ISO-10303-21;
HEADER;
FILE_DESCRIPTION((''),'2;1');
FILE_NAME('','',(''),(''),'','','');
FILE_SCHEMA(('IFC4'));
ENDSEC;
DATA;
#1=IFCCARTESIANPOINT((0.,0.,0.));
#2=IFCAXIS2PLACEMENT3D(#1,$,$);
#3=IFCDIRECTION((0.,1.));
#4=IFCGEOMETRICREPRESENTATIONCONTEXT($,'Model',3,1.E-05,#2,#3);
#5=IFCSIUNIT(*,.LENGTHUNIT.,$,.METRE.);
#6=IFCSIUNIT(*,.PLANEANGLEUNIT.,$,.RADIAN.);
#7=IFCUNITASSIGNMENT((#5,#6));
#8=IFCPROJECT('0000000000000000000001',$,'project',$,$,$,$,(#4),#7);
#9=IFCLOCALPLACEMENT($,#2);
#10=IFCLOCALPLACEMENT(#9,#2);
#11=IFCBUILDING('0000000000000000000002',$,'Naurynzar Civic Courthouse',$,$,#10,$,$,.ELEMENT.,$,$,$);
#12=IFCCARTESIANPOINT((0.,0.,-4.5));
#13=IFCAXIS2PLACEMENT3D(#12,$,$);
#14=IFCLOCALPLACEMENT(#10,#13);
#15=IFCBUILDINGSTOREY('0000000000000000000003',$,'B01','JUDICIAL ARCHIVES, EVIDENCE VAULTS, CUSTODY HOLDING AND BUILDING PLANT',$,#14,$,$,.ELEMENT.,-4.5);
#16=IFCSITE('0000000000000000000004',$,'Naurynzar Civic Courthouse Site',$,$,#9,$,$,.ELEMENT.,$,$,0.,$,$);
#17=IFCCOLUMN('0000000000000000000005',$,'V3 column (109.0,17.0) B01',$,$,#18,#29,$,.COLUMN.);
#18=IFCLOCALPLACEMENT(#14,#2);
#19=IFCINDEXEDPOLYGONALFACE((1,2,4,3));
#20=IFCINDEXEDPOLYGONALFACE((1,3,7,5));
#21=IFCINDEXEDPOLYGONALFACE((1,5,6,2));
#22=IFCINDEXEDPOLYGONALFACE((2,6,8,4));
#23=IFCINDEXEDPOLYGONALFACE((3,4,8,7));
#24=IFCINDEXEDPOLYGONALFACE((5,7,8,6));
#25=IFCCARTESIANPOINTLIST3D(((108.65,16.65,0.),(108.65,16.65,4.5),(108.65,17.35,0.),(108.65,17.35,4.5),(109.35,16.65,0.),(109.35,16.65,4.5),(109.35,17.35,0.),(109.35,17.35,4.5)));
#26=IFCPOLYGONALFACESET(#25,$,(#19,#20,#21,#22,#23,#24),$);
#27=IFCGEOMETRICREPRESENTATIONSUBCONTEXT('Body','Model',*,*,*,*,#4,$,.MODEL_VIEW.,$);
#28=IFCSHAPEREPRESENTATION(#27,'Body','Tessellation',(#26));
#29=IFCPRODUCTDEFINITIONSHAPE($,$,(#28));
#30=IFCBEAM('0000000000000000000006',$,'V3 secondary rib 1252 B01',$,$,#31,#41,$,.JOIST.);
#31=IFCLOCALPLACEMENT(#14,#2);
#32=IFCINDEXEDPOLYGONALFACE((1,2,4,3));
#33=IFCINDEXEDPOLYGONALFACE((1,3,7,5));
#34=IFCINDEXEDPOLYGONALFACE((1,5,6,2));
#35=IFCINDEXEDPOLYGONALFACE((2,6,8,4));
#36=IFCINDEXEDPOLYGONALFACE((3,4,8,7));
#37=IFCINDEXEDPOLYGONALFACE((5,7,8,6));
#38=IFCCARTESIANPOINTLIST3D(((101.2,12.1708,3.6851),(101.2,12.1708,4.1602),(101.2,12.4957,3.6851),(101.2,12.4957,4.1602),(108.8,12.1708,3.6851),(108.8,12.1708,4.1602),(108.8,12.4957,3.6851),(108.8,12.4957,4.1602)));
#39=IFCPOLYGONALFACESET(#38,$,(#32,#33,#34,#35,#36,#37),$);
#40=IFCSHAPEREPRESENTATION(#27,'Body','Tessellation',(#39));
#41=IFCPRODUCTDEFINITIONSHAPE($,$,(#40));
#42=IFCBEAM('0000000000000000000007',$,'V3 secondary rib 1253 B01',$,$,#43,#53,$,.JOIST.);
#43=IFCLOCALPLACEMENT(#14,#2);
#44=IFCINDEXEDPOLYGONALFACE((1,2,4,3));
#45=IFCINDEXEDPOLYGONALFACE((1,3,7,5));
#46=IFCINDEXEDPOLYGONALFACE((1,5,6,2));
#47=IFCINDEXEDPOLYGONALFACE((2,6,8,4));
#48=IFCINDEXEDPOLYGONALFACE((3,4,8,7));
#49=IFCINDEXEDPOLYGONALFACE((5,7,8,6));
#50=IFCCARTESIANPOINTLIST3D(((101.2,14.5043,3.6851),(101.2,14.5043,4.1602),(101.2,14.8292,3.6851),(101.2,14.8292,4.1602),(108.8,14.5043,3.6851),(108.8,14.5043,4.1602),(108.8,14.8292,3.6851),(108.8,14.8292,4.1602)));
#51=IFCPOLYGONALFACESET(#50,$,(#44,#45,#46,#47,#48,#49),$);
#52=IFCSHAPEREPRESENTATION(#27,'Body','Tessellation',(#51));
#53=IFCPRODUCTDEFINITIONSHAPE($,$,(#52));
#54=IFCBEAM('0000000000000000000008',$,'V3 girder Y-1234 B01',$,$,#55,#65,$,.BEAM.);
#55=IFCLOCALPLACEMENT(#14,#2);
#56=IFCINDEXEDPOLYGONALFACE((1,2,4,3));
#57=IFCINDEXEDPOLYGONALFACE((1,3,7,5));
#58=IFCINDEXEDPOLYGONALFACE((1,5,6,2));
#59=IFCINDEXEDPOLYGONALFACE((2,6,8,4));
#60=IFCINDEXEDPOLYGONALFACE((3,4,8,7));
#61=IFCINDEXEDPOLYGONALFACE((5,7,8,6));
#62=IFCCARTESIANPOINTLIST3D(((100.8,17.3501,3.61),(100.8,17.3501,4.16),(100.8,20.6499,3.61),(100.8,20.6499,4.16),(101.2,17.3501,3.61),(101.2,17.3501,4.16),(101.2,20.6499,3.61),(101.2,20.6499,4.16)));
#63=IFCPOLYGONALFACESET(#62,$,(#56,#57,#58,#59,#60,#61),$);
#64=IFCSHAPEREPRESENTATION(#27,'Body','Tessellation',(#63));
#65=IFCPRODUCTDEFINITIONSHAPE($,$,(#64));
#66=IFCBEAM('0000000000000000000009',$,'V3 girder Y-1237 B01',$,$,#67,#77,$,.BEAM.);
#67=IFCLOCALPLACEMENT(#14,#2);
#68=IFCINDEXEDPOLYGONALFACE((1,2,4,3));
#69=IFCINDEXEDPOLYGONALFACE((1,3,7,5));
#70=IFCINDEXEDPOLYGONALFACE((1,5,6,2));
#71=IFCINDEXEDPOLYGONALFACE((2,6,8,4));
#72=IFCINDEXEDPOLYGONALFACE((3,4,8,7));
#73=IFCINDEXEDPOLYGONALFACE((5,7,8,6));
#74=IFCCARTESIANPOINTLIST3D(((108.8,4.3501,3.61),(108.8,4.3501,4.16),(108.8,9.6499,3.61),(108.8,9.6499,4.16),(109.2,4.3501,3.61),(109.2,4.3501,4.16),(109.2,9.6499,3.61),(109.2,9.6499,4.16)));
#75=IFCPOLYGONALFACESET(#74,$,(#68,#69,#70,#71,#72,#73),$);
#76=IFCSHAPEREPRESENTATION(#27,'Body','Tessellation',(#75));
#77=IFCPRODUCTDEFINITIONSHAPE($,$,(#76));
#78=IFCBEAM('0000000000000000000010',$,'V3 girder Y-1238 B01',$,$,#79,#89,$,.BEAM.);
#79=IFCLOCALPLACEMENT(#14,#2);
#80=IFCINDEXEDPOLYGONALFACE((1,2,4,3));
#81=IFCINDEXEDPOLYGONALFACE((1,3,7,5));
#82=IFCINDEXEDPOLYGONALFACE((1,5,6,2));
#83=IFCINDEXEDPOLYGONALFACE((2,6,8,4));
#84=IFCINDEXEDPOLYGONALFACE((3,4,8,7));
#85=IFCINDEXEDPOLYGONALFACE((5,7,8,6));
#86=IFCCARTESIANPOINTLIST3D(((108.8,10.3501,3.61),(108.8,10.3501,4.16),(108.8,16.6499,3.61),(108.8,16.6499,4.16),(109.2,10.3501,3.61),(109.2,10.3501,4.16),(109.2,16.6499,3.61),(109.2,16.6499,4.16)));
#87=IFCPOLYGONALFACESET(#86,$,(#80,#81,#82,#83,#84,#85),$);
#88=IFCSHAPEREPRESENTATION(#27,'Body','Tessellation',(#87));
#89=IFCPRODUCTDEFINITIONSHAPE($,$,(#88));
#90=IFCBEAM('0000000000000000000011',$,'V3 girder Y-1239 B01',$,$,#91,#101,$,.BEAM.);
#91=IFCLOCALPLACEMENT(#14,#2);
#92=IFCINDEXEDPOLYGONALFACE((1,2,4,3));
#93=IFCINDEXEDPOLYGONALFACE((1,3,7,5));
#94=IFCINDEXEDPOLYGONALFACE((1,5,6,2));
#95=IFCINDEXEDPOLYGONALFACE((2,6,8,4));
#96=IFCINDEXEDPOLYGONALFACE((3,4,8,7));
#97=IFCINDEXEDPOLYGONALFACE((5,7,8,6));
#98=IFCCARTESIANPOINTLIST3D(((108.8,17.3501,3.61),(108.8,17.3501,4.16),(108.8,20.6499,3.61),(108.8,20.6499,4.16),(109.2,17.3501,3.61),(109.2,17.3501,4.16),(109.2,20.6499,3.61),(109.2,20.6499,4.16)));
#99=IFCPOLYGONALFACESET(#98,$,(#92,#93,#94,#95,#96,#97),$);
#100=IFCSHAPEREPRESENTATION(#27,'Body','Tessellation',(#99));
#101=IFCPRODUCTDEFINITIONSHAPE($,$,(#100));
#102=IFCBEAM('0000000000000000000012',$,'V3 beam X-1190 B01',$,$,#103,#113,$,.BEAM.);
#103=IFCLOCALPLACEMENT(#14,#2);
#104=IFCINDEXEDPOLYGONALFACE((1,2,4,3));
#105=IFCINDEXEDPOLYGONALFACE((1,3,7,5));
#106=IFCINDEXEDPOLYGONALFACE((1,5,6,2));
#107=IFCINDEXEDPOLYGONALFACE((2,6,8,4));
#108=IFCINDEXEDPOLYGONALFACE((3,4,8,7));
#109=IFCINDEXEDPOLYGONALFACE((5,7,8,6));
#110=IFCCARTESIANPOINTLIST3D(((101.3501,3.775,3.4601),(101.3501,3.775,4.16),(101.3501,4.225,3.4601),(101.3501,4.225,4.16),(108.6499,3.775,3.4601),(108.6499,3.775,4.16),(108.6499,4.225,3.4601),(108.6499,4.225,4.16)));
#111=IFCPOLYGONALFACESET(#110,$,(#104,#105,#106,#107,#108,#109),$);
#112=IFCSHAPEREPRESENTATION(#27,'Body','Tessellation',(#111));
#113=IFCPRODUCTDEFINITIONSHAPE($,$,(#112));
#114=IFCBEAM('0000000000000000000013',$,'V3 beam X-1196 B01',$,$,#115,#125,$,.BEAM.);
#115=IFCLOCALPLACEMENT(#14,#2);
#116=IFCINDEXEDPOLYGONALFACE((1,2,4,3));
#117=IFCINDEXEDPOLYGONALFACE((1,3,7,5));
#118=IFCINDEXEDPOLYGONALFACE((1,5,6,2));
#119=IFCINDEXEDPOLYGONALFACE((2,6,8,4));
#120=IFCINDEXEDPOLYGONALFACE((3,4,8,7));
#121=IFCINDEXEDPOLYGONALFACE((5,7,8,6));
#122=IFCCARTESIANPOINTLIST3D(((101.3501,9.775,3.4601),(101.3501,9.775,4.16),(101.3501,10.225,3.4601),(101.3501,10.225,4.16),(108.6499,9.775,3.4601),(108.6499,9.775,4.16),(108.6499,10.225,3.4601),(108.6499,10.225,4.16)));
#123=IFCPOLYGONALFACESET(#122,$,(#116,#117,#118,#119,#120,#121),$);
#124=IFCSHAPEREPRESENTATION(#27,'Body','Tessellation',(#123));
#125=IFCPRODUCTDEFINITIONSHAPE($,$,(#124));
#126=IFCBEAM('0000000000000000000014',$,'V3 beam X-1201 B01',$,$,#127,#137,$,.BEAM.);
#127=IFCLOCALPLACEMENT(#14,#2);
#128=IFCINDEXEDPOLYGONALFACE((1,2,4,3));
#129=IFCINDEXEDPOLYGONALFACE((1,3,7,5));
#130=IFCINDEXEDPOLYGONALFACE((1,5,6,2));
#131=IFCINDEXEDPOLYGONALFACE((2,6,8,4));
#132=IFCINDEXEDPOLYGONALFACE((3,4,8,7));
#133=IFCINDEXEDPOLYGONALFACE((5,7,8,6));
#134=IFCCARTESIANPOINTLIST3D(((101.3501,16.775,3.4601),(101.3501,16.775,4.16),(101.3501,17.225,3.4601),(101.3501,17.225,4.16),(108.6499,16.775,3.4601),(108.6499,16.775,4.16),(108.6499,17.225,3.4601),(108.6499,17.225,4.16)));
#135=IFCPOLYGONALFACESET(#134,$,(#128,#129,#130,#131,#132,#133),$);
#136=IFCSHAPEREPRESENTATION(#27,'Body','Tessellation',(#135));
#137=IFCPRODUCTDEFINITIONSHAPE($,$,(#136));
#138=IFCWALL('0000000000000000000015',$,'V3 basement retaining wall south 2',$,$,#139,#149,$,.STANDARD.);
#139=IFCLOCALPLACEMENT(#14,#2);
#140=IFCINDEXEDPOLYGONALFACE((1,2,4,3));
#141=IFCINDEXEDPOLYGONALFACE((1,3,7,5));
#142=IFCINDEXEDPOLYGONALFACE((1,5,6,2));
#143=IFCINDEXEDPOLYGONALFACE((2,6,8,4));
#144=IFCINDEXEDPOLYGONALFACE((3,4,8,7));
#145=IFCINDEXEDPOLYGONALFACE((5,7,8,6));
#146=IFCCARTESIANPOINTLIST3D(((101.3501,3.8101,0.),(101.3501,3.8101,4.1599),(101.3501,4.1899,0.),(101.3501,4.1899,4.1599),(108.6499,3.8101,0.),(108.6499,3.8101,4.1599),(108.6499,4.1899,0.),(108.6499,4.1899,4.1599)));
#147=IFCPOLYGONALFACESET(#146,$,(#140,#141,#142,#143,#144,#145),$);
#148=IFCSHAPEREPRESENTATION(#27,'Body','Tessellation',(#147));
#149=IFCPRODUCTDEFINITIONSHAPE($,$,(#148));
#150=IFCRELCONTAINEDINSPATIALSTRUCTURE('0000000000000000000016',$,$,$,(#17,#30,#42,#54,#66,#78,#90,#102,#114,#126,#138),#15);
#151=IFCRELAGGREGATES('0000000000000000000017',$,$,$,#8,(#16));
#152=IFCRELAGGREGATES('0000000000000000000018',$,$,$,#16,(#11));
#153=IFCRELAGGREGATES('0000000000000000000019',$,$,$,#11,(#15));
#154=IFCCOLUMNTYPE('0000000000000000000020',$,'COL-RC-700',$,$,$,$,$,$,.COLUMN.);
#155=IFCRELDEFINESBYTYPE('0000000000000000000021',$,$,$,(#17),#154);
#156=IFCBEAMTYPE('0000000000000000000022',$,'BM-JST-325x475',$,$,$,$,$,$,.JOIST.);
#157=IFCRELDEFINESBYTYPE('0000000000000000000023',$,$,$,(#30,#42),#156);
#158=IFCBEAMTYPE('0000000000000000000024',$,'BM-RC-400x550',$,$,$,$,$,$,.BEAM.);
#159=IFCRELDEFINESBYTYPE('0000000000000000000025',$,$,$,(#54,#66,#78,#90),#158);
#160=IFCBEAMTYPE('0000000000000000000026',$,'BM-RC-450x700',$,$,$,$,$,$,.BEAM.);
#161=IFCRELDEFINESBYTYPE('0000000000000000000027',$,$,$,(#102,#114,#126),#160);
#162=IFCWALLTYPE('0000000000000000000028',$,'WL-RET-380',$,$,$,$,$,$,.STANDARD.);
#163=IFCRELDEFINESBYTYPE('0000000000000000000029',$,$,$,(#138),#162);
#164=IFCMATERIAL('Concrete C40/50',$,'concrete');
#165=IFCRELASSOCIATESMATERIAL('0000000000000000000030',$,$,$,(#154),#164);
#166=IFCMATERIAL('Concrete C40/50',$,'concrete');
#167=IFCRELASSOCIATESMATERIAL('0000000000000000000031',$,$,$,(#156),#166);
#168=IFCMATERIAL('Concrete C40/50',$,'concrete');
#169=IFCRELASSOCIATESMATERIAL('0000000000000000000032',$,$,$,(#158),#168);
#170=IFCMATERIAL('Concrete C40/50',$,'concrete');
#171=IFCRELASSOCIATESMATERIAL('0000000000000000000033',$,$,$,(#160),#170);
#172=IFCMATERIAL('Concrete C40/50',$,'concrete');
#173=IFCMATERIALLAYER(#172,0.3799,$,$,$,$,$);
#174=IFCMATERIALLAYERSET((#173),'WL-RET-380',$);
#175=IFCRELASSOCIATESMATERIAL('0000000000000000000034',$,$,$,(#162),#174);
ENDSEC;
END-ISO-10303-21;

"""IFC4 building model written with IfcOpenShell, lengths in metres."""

from ifc_helpers import new_model, si_unit, direction, frame, frame_2d, origin, origin_2d, place, context, subcontext, project, spatial, rectangle, extrude, material, layer, layer_set, material_profile, profile_set, type_object, element, save


model = new_model("IFC4")

# Units and contexts
model_context = context("Model", 3, precision=1e-05, world=origin(), true_north=direction((0.0, 1.0)))
body_context = subcontext(model_context, "Body", "Model", "MODEL_VIEW")
ifc_project = project(units=[si_unit("LENGTHUNIT", "METRE"), si_unit("PLANEANGLEUNIT", "RADIAN")], contexts=[model_context])

# Site, building, storey
site_placement = place(None, origin())
site = spatial("IfcSite", under=ifc_project, at=site_placement, Name="Naurynzar Civic Courthouse Site", CompositionType="ELEMENT", RefElevation=0.0)
building_placement = place(site_placement, origin())
building = spatial("IfcBuilding", under=site, at=building_placement, Name="Naurynzar Civic Courthouse", CompositionType="ELEMENT")
storey_placement = place(building_placement, frame((0.0, 0.0, -4.5)))
storey = spatial("IfcBuildingStorey", under=building, at=storey_placement, Name="B01", Description="JUDICIAL ARCHIVES, EVIDENCE VAULTS, CUSTODY HOLDING AND BUILDING PLANT", CompositionType="ELEMENT", Elevation=-4.5)

# Column
ifc_material_1 = material(Name="Concrete C40/50", Category="concrete")
ifc_material_profile_1 = material_profile(ifc_material_1, rectangle(XDim=0.7, YDim=0.7, at=origin_2d()), Name="RC 700x700")
ifc_profile_set_1 = profile_set([ifc_material_profile_1], Name="Concrete C40/50")
column_type = type_object("IfcColumnType", Name="COL-RC-700", PredefinedType="COLUMN", material=ifc_profile_set_1)
for number, where, z_axis, x_axis, name in (
    (1, (109.0, 17.0, 0.0), (0.0, 0.0, 1.0), (1.0, 0.0, 0.0), "V3 column (109.0,17.0) B01"),
):
    element("IfcColumn", number, at=place(storey_placement, frame(where, z_axis=z_axis, x_axis=x_axis)), inside=storey, type_object=column_type, Name=name, PredefinedType="COLUMN", context=body_context, shape_type="SweptSolid", body=[
        extrude(rectangle(XDim=0.7, YDim=0.7, at=origin_2d()), origin(), (0.0, 0.0, 1.0), 4.5),
    ])

# Beams
ifc_material_2 = material(Name="Concrete C40/50", Category="concrete")
ifc_material_profile_2 = material_profile(ifc_material_2, rectangle(XDim=0.325, YDim=0.4751, at=origin_2d()), Name="RCB 325x475")
ifc_profile_set_2 = profile_set([ifc_material_profile_2], Name="Concrete C40/50")
beam_type_1 = type_object("IfcBeamType", Name="BM-JST-325x475", PredefinedType="JOIST", material=ifc_profile_set_2)
for number, where, z_axis, x_axis, name in (
    (2, (101.2, 12.3333, 3.9226), (1.0, 0.0, 0.0), (0.0, 1.0, 0.0), "V3 secondary rib 1252 B01"),
    (3, (101.2, 14.6667, 3.9226), (1.0, 0.0, 0.0), (0.0, 1.0, 0.0), "V3 secondary rib 1253 B01"),
):
    element("IfcBeam", number, at=place(storey_placement, frame(where, z_axis=z_axis, x_axis=x_axis)), inside=storey, type_object=beam_type_1, Name=name, PredefinedType="JOIST", context=body_context, shape_type="SweptSolid", body=[
        extrude(rectangle(XDim=0.325, YDim=0.4751, at=origin_2d()), origin(), (0.0, 0.0, 1.0), 7.6001),
    ])
ifc_material_3 = material(Name="Concrete C40/50", Category="concrete")
ifc_material_profile_3 = material_profile(ifc_material_3, rectangle(XDim=0.3999, YDim=0.55, at=origin_2d()), Name="RCB 400x550")
ifc_profile_set_3 = profile_set([ifc_material_profile_3], Name="Concrete C40/50")
beam_type_2 = type_object("IfcBeamType", Name="BM-RC-400x550", PredefinedType="BEAM", material=ifc_profile_set_3)
beam_1_placement = place(storey_placement, frame((101.0, 17.3501, 3.885), z_axis=(0.0, 1.0, 0.0), x_axis=(-1.0, 0.0, 0.0)))
element("IfcBeam", 4, at=beam_1_placement, inside=storey, type_object=beam_type_2, Name="V3 girder Y-1234 B01", PredefinedType="BEAM", context=body_context, shape_type="SweptSolid", body=[
    extrude(rectangle(XDim=0.3999, YDim=0.55, at=origin_2d()), origin(), (0.0, 0.0, 1.0), 3.2998),
])
beam_2_placement = place(storey_placement, frame((109.0, 4.3501, 3.885), z_axis=(0.0, 1.0, 0.0), x_axis=(-1.0, 0.0, 0.0)))
element("IfcBeam", 5, at=beam_2_placement, inside=storey, type_object=beam_type_2, Name="V3 girder Y-1237 B01", PredefinedType="BEAM", context=body_context, shape_type="SweptSolid", body=[
    extrude(rectangle(XDim=0.3999, YDim=0.55, at=origin_2d()), origin(), (0.0, 0.0, 1.0), 5.2998),
])
beam_3_placement = place(storey_placement, frame((109.0, 10.3501, 3.885), z_axis=(0.0, 1.0, 0.0), x_axis=(-1.0, 0.0, 0.0)))
element("IfcBeam", 6, at=beam_3_placement, inside=storey, type_object=beam_type_2, Name="V3 girder Y-1238 B01", PredefinedType="BEAM", context=body_context, shape_type="SweptSolid", body=[
    extrude(rectangle(XDim=0.3999, YDim=0.55, at=origin_2d()), origin(), (0.0, 0.0, 1.0), 6.2998),
])
beam_4_placement = place(storey_placement, frame((109.0, 17.3501, 3.885), z_axis=(0.0, 1.0, 0.0), x_axis=(-1.0, 0.0, 0.0)))
element("IfcBeam", 7, at=beam_4_placement, inside=storey, type_object=beam_type_2, Name="V3 girder Y-1239 B01", PredefinedType="BEAM", context=body_context, shape_type="SweptSolid", body=[
    extrude(rectangle(XDim=0.3999, YDim=0.55, at=origin_2d()), origin(), (0.0, 0.0, 1.0), 3.2998),
])
ifc_material_4 = material(Name="Concrete C40/50", Category="concrete")
ifc_material_profile_4 = material_profile(ifc_material_4, rectangle(XDim=0.45, YDim=0.7, at=origin_2d()), Name="RCB 450x700")
ifc_profile_set_4 = profile_set([ifc_material_profile_4], Name="Concrete C40/50")
beam_type_3 = type_object("IfcBeamType", Name="BM-RC-450x700", PredefinedType="BEAM", material=ifc_profile_set_4)
for number, where, z_axis, x_axis, name in (
    (8, (101.3501, 4.0, 3.8101), (1.0, 0.0, 0.0), (0.0, 1.0, 0.0), "V3 beam X-1190 B01"),
    (9, (101.3501, 10.0, 3.8101), (1.0, 0.0, 0.0), (0.0, 1.0, 0.0), "V3 beam X-1196 B01"),
    (10, (101.3501, 17.0, 3.8101), (1.0, 0.0, 0.0), (0.0, 1.0, 0.0), "V3 beam X-1201 B01"),
):
    element("IfcBeam", number, at=place(storey_placement, frame(where, z_axis=z_axis, x_axis=x_axis)), inside=storey, type_object=beam_type_3, Name=name, PredefinedType="BEAM", context=body_context, shape_type="SweptSolid", body=[
        extrude(rectangle(XDim=0.45, YDim=0.7, at=origin_2d()), origin(), (0.0, 0.0, 1.0), 7.2998),
    ])

# Wall
ifc_material_5 = material(Name="Concrete C40/50", Category="concrete")
ifc_layer = layer(ifc_material_5, 0.3799)
ifc_layer_set = layer_set([ifc_layer], Name="WL-RET-380")
wall_type = type_object("IfcWallType", Name="WL-RET-380", PredefinedType="STANDARD", material=ifc_layer_set)
wall_placement = place(storey_placement, frame((108.6499, 4.0, 0.0), z_axis=(0.0, 0.0, 1.0), x_axis=(-1.0, 0.0, 0.0)))
element("IfcWall", 11, at=wall_placement, inside=storey, type_object=wall_type, Name="V3 basement retaining wall south 2", PredefinedType="STANDARD", context=body_context, shape_type="SweptSolid", body=[
    extrude(rectangle(XDim=7.2998, YDim=0.3799, at=frame_2d((3.6499, 0.0))), origin(), (0.0, 0.0, 1.0), 4.1599),
])

save(model, "model.ifc")
